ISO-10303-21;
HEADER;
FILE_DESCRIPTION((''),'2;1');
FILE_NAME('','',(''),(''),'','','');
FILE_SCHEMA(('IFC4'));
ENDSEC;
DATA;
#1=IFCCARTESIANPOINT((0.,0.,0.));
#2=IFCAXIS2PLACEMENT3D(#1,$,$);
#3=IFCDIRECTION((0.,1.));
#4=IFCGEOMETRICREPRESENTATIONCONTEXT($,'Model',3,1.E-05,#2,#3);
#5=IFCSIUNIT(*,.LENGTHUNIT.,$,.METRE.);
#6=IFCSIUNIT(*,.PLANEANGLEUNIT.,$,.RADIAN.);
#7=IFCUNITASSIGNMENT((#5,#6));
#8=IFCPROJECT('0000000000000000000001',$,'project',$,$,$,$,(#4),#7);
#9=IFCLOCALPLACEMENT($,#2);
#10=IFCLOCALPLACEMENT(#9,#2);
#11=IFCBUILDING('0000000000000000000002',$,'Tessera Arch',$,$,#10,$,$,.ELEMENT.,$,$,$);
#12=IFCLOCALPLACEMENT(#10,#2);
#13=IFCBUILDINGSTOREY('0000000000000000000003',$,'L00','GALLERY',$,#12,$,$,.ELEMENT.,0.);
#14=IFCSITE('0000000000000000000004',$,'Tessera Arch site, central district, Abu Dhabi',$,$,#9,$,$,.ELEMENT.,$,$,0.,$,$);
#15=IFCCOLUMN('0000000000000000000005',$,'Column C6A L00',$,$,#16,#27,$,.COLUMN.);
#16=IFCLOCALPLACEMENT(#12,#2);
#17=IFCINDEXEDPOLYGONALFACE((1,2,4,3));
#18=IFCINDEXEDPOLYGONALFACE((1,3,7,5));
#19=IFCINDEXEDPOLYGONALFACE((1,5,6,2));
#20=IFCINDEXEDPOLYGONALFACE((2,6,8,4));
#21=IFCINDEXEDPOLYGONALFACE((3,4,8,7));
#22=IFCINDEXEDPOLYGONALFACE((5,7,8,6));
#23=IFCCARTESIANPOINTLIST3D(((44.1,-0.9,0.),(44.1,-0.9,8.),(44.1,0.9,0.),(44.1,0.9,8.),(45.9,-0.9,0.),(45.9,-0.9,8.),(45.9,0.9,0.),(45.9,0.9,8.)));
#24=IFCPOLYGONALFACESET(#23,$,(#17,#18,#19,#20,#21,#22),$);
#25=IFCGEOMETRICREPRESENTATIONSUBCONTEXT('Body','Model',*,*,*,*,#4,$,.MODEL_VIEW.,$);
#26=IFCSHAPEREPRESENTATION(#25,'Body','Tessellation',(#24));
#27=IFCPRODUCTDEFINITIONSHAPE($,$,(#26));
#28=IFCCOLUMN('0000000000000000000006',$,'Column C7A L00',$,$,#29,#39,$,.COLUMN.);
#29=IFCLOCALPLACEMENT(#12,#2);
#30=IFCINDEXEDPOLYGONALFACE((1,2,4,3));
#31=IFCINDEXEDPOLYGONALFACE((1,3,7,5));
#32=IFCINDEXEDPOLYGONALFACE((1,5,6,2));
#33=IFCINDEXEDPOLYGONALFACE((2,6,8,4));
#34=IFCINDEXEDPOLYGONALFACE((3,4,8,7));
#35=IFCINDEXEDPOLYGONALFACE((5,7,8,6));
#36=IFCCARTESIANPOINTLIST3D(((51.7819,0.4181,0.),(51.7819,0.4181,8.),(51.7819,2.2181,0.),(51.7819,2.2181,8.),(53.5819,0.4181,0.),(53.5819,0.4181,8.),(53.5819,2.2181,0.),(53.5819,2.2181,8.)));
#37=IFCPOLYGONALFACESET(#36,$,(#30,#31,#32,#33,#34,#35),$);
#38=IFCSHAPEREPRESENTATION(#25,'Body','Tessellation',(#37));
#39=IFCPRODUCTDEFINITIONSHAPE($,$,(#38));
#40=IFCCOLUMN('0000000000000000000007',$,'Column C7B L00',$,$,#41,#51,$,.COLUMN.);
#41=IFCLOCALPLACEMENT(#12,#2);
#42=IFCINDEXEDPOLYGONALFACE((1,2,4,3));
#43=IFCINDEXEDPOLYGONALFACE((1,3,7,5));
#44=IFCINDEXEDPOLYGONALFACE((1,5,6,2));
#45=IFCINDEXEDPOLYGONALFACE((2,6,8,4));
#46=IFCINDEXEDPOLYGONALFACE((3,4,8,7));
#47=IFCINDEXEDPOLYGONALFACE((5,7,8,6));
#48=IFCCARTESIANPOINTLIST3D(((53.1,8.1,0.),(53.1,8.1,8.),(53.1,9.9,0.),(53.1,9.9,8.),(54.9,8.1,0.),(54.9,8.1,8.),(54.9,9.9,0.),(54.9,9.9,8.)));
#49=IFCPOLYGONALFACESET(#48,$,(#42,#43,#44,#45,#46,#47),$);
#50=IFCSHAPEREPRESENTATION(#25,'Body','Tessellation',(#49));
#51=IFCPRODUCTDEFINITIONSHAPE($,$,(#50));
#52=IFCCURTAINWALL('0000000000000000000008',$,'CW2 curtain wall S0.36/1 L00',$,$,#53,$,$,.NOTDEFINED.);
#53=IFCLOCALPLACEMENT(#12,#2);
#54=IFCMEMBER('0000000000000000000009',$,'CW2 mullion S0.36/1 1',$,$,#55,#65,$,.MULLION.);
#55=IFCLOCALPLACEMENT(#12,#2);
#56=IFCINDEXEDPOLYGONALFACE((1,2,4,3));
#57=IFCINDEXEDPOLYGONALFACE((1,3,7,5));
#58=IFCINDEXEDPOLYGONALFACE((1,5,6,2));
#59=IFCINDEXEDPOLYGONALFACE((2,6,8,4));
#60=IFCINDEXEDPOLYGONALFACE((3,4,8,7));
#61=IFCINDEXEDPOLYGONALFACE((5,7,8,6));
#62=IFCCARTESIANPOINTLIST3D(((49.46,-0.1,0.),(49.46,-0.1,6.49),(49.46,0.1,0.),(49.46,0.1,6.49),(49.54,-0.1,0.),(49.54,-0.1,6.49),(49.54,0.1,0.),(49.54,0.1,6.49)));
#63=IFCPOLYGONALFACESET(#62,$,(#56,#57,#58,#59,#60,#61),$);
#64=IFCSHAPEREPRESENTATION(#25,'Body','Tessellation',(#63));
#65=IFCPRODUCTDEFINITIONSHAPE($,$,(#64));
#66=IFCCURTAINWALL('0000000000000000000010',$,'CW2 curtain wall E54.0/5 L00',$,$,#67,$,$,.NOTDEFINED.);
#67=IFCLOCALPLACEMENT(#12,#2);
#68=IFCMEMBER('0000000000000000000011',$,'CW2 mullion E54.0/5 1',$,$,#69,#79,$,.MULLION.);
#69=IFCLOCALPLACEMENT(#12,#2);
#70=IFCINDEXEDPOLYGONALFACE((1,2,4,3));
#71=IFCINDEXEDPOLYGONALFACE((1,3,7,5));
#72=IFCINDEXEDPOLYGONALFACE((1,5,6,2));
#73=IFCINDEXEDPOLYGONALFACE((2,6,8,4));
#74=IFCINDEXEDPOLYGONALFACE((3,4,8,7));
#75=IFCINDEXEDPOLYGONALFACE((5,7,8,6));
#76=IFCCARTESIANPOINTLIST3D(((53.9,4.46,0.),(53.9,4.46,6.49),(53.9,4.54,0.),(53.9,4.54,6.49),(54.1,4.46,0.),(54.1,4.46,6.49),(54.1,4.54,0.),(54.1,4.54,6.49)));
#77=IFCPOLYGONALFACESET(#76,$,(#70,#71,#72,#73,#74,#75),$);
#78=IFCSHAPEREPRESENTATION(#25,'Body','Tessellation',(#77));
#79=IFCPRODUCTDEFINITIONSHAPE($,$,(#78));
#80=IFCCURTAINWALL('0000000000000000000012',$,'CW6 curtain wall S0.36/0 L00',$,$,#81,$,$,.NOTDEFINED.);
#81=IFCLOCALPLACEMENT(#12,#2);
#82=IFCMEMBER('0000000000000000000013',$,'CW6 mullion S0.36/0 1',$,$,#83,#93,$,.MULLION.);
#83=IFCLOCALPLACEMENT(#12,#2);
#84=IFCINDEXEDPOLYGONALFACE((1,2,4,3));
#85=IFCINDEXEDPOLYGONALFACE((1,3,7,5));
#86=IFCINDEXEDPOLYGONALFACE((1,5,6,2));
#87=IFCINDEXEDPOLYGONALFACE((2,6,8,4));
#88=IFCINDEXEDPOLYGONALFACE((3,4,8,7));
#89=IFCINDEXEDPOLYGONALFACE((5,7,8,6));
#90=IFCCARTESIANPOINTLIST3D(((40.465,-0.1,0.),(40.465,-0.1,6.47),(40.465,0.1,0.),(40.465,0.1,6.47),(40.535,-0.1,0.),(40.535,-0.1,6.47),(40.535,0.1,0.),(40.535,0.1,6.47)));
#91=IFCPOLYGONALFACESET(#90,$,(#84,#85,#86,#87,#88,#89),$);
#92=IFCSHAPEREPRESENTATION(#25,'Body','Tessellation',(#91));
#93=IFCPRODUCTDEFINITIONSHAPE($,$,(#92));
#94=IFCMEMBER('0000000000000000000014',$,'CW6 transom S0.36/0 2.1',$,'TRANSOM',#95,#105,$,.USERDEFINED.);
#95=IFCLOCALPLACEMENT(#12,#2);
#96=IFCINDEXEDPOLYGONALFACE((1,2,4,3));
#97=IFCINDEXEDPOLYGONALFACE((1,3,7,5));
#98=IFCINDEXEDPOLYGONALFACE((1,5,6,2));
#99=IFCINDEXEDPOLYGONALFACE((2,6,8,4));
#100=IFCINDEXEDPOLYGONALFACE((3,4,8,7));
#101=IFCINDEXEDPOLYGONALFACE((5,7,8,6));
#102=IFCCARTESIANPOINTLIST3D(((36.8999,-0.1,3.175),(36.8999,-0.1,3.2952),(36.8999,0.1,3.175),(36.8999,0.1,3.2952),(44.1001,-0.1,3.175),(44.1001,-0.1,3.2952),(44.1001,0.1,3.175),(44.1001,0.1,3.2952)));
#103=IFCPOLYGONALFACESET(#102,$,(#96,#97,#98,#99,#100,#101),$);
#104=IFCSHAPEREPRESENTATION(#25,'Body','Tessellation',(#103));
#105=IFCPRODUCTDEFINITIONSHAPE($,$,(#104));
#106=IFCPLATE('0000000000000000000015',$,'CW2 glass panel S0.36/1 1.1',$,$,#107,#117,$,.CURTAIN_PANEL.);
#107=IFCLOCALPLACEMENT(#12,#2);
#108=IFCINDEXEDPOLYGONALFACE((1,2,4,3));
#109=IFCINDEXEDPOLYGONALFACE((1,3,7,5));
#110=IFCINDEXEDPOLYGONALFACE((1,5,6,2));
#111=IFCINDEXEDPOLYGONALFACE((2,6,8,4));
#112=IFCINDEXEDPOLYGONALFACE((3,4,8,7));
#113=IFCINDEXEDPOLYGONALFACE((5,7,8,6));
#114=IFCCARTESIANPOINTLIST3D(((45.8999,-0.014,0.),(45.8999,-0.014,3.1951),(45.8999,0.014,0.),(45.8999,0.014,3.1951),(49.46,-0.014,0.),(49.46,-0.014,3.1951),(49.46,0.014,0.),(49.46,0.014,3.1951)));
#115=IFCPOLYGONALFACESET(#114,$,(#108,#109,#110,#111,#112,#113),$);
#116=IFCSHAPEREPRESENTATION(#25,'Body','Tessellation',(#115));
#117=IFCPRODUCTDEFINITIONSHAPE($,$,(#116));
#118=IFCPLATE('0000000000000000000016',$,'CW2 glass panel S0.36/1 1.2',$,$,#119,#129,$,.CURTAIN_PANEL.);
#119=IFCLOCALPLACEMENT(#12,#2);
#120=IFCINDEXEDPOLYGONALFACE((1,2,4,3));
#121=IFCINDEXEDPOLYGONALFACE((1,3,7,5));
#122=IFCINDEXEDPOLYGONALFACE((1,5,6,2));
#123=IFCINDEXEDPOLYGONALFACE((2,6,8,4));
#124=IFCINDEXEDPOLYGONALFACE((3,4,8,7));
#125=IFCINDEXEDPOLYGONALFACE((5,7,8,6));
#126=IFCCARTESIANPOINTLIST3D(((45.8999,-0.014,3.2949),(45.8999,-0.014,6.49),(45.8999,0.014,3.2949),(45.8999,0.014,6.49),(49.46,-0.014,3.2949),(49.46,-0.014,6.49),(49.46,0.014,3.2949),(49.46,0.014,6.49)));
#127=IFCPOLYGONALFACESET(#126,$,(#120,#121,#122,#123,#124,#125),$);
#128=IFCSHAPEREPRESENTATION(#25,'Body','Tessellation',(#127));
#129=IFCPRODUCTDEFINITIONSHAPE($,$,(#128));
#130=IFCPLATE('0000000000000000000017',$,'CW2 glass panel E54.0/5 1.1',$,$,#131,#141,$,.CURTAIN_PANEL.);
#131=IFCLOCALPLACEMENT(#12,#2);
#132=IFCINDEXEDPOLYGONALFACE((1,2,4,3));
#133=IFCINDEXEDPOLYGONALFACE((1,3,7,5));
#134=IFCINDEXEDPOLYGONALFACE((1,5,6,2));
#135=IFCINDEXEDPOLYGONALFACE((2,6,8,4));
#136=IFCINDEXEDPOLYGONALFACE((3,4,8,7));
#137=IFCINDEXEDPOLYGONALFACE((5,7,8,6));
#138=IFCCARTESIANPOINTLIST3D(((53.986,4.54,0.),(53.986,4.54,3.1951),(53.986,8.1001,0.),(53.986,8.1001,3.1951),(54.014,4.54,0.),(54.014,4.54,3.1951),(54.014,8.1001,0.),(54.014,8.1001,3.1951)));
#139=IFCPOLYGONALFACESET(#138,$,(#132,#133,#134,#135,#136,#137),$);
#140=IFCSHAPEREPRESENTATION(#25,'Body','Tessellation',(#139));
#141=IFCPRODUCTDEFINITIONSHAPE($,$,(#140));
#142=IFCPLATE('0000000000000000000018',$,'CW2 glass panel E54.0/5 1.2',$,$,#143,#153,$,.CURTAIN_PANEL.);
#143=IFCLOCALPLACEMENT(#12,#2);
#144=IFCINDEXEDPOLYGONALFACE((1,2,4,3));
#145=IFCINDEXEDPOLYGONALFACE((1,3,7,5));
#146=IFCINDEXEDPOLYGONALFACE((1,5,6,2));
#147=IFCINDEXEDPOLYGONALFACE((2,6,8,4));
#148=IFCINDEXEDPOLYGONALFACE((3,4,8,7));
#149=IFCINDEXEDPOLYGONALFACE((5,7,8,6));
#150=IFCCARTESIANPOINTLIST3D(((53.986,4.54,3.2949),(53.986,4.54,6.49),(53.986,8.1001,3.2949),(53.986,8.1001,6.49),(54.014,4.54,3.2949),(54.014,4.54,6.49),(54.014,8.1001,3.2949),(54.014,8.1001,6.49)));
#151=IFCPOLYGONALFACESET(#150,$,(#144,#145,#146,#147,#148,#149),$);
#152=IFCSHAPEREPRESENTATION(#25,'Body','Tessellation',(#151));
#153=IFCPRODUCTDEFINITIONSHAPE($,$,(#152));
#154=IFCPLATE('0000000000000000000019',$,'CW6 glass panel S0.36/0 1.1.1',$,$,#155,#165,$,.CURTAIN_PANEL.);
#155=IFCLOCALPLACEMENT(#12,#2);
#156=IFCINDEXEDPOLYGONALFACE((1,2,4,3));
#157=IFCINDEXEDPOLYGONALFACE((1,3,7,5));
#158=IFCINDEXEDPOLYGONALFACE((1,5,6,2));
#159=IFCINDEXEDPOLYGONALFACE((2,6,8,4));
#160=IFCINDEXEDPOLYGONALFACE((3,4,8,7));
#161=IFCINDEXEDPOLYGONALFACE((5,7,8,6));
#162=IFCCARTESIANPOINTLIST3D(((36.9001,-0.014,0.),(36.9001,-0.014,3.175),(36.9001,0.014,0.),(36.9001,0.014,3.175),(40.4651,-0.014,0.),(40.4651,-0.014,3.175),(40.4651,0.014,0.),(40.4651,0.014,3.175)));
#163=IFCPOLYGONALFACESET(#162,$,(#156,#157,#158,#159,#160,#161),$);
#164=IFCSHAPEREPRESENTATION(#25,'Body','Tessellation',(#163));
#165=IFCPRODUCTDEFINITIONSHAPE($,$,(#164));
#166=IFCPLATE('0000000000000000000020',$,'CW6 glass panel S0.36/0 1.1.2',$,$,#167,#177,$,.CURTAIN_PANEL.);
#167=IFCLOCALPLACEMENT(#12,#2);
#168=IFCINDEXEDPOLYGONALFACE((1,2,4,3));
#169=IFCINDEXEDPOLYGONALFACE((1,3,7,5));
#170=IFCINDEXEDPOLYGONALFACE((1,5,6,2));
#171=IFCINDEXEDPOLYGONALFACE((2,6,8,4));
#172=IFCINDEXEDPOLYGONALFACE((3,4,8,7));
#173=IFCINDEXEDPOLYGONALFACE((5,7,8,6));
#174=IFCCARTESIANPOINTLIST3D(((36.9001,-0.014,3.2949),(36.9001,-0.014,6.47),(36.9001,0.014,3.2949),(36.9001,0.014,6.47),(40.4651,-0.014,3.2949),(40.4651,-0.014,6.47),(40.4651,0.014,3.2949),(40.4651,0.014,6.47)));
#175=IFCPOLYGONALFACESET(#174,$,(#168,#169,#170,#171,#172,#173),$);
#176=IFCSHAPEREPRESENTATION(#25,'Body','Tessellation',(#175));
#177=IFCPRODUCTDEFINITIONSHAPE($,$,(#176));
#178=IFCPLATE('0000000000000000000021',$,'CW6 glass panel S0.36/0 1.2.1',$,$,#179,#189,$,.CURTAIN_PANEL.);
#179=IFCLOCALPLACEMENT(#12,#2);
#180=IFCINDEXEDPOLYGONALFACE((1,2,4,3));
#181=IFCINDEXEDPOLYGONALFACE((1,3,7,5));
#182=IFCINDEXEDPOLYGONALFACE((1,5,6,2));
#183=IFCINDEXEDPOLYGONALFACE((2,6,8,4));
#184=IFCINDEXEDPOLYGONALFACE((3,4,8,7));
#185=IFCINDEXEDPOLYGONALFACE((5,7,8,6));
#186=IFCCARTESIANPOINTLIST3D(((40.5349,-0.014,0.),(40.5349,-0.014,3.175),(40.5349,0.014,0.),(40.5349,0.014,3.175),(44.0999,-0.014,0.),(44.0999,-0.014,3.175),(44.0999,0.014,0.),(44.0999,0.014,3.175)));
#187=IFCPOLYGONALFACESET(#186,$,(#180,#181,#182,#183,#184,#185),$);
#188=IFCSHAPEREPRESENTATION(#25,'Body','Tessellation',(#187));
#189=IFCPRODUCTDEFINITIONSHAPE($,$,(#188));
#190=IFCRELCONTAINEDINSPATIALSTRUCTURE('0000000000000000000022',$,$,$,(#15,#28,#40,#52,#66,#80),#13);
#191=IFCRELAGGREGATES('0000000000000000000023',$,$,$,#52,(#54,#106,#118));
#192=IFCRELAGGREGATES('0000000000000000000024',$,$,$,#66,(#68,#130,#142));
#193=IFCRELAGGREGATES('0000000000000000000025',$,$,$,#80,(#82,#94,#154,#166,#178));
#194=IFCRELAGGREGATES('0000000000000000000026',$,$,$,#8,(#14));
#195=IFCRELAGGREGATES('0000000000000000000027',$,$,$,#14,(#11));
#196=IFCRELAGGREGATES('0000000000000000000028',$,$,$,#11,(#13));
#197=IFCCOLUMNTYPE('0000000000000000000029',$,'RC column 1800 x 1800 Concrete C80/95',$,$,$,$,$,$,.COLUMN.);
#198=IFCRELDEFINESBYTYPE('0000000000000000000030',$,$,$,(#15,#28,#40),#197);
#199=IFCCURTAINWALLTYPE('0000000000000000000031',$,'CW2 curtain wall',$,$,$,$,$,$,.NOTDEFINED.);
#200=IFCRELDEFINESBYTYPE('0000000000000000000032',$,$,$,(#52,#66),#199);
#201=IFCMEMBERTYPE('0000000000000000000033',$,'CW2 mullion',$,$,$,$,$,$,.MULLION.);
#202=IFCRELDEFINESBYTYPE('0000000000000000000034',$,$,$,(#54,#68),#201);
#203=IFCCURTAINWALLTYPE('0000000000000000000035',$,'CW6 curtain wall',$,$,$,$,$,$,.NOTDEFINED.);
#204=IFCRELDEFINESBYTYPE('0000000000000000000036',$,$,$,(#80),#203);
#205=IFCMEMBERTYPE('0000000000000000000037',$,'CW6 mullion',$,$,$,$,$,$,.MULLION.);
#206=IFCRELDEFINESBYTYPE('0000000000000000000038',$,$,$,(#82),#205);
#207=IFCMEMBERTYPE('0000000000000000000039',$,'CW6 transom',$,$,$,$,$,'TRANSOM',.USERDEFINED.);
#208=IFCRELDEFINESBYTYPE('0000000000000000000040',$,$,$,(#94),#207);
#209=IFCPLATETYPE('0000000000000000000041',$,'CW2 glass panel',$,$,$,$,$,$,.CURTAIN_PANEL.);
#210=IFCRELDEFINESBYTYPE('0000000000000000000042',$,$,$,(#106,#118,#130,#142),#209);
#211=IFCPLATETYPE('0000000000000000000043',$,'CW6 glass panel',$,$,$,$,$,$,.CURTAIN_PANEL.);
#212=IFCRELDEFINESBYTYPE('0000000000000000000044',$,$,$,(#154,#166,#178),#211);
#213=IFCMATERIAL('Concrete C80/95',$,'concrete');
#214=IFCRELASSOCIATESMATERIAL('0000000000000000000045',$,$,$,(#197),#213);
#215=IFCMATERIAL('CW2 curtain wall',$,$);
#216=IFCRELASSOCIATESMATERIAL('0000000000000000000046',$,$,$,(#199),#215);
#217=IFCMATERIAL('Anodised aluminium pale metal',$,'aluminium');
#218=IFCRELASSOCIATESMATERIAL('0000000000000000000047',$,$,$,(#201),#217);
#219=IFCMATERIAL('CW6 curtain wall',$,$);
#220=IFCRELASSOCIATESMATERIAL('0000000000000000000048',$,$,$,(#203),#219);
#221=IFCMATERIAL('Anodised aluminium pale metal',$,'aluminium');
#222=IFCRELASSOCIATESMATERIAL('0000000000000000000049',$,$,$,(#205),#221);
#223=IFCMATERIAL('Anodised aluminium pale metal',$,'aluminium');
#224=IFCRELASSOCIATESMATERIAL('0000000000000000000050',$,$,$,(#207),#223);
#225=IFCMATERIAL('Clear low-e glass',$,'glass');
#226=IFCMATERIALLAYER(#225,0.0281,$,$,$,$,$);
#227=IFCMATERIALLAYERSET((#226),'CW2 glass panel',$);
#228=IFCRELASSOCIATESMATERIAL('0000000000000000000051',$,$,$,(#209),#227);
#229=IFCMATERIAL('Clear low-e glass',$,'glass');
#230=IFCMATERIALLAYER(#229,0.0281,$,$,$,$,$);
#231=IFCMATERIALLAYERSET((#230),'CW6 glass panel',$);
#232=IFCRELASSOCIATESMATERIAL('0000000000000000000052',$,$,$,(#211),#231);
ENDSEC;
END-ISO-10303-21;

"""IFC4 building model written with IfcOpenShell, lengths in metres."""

from ifc_helpers import new_model, si_unit, direction, frame, origin, origin_2d, place, context, subcontext, project, spatial, rectangle, extrude, material, layer, layer_set, material_profile, profile_set, type_object, element, aggregate, save


model = new_model("IFC4")

# Units and contexts
model_context = context("Model", 3, precision=1e-05, world=origin(), true_north=direction((0.0, 1.0)))
body_context = subcontext(model_context, "Body", "Model", "MODEL_VIEW")
ifc_project = project(units=[si_unit("LENGTHUNIT", "METRE"), si_unit("PLANEANGLEUNIT", "RADIAN")], contexts=[model_context])

# Site, building, storey
site_placement = place(None, origin())
site = spatial("IfcSite", under=ifc_project, at=site_placement, Name="Tessera Arch site, central district, Abu Dhabi", CompositionType="ELEMENT", RefElevation=0.0)
building_placement = place(site_placement, origin())
building = spatial("IfcBuilding", under=site, at=building_placement, Name="Tessera Arch", CompositionType="ELEMENT")
storey_placement = place(building_placement, origin())
storey = spatial("IfcBuildingStorey", under=building, at=storey_placement, Name="L00", Description="GALLERY", CompositionType="ELEMENT", Elevation=0.0)

# Columns
ifc_material_1 = material(Name="Concrete C80/95", Category="concrete")
ifc_material_profile_1 = material_profile(ifc_material_1, rectangle(XDim=1.8, YDim=1.8, at=origin_2d()), Name="RC column 1800 x 1800 Concrete C80/95")
ifc_profile_set_1 = profile_set([ifc_material_profile_1], Name="Concrete C80/95")
column_type = type_object("IfcColumnType", Name="RC column 1800 x 1800 Concrete C80/95", PredefinedType="COLUMN", material=ifc_profile_set_1)
for number, where, z_axis, x_axis, name in (
    (1, (45.0, 0.0, 0.0), (0.0, 0.0, 1.0), (1.0, 0.0, 0.0), "Column C6A L00"),
    (2, (52.6819, 1.3181, 0.0), (0.0, 0.0, 1.0), (1.0, 0.0, 0.0), "Column C7A L00"),
    (3, (54.0, 9.0, 0.0), (0.0, 0.0, 1.0), (1.0, 0.0, 0.0), "Column C7B L00"),
):
    element("IfcColumn", number, at=place(storey_placement, frame(where, z_axis=z_axis, x_axis=x_axis)), inside=storey, type_object=column_type, Name=name, PredefinedType="COLUMN", context=body_context, shape_type="SweptSolid", body=[
        extrude(rectangle(XDim=1.8, YDim=1.8, at=origin_2d()), origin(), (0.0, 0.0, 1.0), 8.0),
    ])

# Curtain walls, members
ifc_material_2 = material(Name="CW2 curtain wall")
curtain_wall_type_1 = type_object("IfcCurtainWallType", Name="CW2 curtain wall", PredefinedType="NOTDEFINED", material=ifc_material_2)
curtain_wall_1_placement = place(storey_placement, origin())
curtain_wall_1 = element("IfcCurtainWall", 4, at=curtain_wall_1_placement, inside=storey, type_object=curtain_wall_type_1, Name="CW2 curtain wall S0.36/1 L00", PredefinedType="NOTDEFINED")
ifc_material_3 = material(Name="Anodised aluminium pale metal", Category="aluminium")
ifc_material_profile_2 = material_profile(ifc_material_3, rectangle(XDim=0.2, YDim=0.0801, at=origin_2d()), Name="AL 80x200")
ifc_profile_set_2 = profile_set([ifc_material_profile_2], Name="Anodised aluminium pale metal")
member_type_1 = type_object("IfcMemberType", Name="CW2 mullion", PredefinedType="MULLION", material=ifc_profile_set_2)
member_1_placement = place(storey_placement, frame((49.5, 0.0, 0.0), z_axis=(0.0, 0.0, 1.0), x_axis=(0.0, 1.0, 0.0)))
member_1 = element("IfcMember", 5, at=member_1_placement, type_object=member_type_1, Name="CW2 mullion S0.36/1 1", PredefinedType="MULLION", context=body_context, shape_type="SweptSolid", body=[
    extrude(rectangle(XDim=0.2, YDim=0.0801, at=origin_2d()), origin(), (0.0, 0.0, 1.0), 6.49),
])
curtain_wall_2_placement = place(storey_placement, origin())
curtain_wall_2 = element("IfcCurtainWall", 6, at=curtain_wall_2_placement, inside=storey, type_object=curtain_wall_type_1, Name="CW2 curtain wall E54.0/5 L00", PredefinedType="NOTDEFINED")
member_2_placement = place(storey_placement, frame((54.0, 4.5, 0.0), z_axis=(0.0, 0.0, 1.0), x_axis=(-1.0, 0.0, 0.0)))
member_2 = element("IfcMember", 7, at=member_2_placement, type_object=member_type_1, Name="CW2 mullion E54.0/5 1", PredefinedType="MULLION", context=body_context, shape_type="SweptSolid", body=[
    extrude(rectangle(XDim=0.2, YDim=0.0801, at=origin_2d()), origin(), (0.0, 0.0, 1.0), 6.49),
])

# Curtain wall, members
ifc_material_4 = material(Name="CW6 curtain wall")
curtain_wall_type_2 = type_object("IfcCurtainWallType", Name="CW6 curtain wall", PredefinedType="NOTDEFINED", material=ifc_material_4)
curtain_wall_3_placement = place(storey_placement, origin())
curtain_wall_3 = element("IfcCurtainWall", 8, at=curtain_wall_3_placement, inside=storey, type_object=curtain_wall_type_2, Name="CW6 curtain wall S0.36/0 L00", PredefinedType="NOTDEFINED")
ifc_material_5 = material(Name="Anodised aluminium pale metal", Category="aluminium")
ifc_material_profile_3 = material_profile(ifc_material_5, rectangle(XDim=0.2, YDim=0.0701, at=origin_2d()), Name="AL 70x200")
ifc_profile_set_3 = profile_set([ifc_material_profile_3], Name="Anodised aluminium pale metal")
member_type_2 = type_object("IfcMemberType", Name="CW6 mullion", PredefinedType="MULLION", material=ifc_profile_set_3)
member_3_placement = place(storey_placement, frame((40.5, 0.0, 0.0), z_axis=(0.0, 0.0, 1.0), x_axis=(0.0, 1.0, 0.0)))
member_3 = element("IfcMember", 9, at=member_3_placement, type_object=member_type_2, Name="CW6 mullion S0.36/0 1", PredefinedType="MULLION", context=body_context, shape_type="SweptSolid", body=[
    extrude(rectangle(XDim=0.2, YDim=0.0701, at=origin_2d()), origin(), (0.0, 0.0, 1.0), 6.47),
])
ifc_material_6 = material(Name="Anodised aluminium pale metal", Category="aluminium")
ifc_material_profile_4 = material_profile(ifc_material_6, rectangle(XDim=0.2, YDim=0.1201, at=origin_2d()), Name="AL 200x120")
ifc_profile_set_4 = profile_set([ifc_material_profile_4], Name="Anodised aluminium pale metal")
member_type_3 = type_object("IfcMemberType", Name="CW6 transom", ElementType="TRANSOM", PredefinedType="USERDEFINED", material=ifc_profile_set_4)
member_4_placement = place(storey_placement, frame((36.8999, 0.0, 3.2351), z_axis=(1.0, 0.0, 0.0), x_axis=(0.0, 1.0, 0.0)))
member_4 = element("IfcMember", 10, at=member_4_placement, type_object=member_type_3, Name="CW6 transom S0.36/0 2.1", ObjectType="TRANSOM", PredefinedType="USERDEFINED", context=body_context, shape_type="SweptSolid", body=[
    extrude(rectangle(XDim=0.2, YDim=0.1201, at=origin_2d()), origin(), (0.0, 0.0, 1.0), 7.2002),
])

# Plates
ifc_material_7 = material(Name="Clear low-e glass", Category="glass")
ifc_layer_1 = layer(ifc_material_7, 0.0281)
ifc_layer_set_1 = layer_set([ifc_layer_1], Name="CW2 glass panel")
plate_type_1 = type_object("IfcPlateType", Name="CW2 glass panel", PredefinedType="CURTAIN_PANEL", material=ifc_layer_set_1)
plate_1_placement = place(storey_placement, frame((47.6799, 0.0, 0.0), z_axis=(0.0, 0.0, 1.0), x_axis=(1.0, 0.0, 0.0)))
plate_1 = element("IfcPlate", 11, at=plate_1_placement, type_object=plate_type_1, Name="CW2 glass panel S0.36/1 1.1", PredefinedType="CURTAIN_PANEL", context=body_context, shape_type="SweptSolid", body=[
    extrude(rectangle(XDim=3.5601, YDim=0.0281, at=origin_2d()), origin(), (0.0, 0.0, 1.0), 3.1951),
])
plate_2_placement = place(storey_placement, frame((47.6799, 0.0, 3.2949), z_axis=(0.0, 0.0, 1.0), x_axis=(1.0, 0.0, 0.0)))
plate_2 = element("IfcPlate", 12, at=plate_2_placement, type_object=plate_type_1, Name="CW2 glass panel S0.36/1 1.2", PredefinedType="CURTAIN_PANEL", context=body_context, shape_type="SweptSolid", body=[
    extrude(rectangle(XDim=3.5601, YDim=0.0281, at=origin_2d()), origin(), (0.0, 0.0, 1.0), 3.1951),
])
aggregate(curtain_wall_1, [member_1, plate_1, plate_2])
plate_3_placement = place(storey_placement, frame((54.0, 6.3201, 0.0), z_axis=(0.0, 0.0, 1.0), x_axis=(0.0, 1.0, 0.0)))
plate_3 = element("IfcPlate", 13, at=plate_3_placement, type_object=plate_type_1, Name="CW2 glass panel E54.0/5 1.1", PredefinedType="CURTAIN_PANEL", context=body_context, shape_type="SweptSolid", body=[
    extrude(rectangle(XDim=3.5601, YDim=0.0281, at=origin_2d()), origin(), (0.0, 0.0, 1.0), 3.1951),
])
plate_4_placement = place(storey_placement, frame((54.0, 6.3201, 3.2949), z_axis=(0.0, 0.0, 1.0), x_axis=(0.0, 1.0, 0.0)))
plate_4 = element("IfcPlate", 14, at=plate_4_placement, type_object=plate_type_1, Name="CW2 glass panel E54.0/5 1.2", PredefinedType="CURTAIN_PANEL", context=body_context, shape_type="SweptSolid", body=[
    extrude(rectangle(XDim=3.5601, YDim=0.0281, at=origin_2d()), origin(), (0.0, 0.0, 1.0), 3.1951),
])
aggregate(curtain_wall_2, [member_2, plate_3, plate_4])
ifc_material_8 = material(Name="Clear low-e glass", Category="glass")
ifc_layer_2 = layer(ifc_material_8, 0.0281)
ifc_layer_set_2 = layer_set([ifc_layer_2], Name="CW6 glass panel")
plate_type_2 = type_object("IfcPlateType", Name="CW6 glass panel", PredefinedType="CURTAIN_PANEL", material=ifc_layer_set_2)
plate_5_placement = place(storey_placement, frame((38.6826, 0.0, 0.0), z_axis=(0.0, 0.0, 1.0), x_axis=(1.0, 0.0, 0.0)))
plate_5 = element("IfcPlate", 15, at=plate_5_placement, type_object=plate_type_2, Name="CW6 glass panel S0.36/0 1.1.1", PredefinedType="CURTAIN_PANEL", context=body_context, shape_type="SweptSolid", body=[
    extrude(rectangle(XDim=3.5649, YDim=0.0281, at=origin_2d()), origin(), (0.0, 0.0, 1.0), 3.175),
])
plate_6_placement = place(storey_placement, frame((38.6826, 0.0, 3.2949), z_axis=(0.0, 0.0, 1.0), x_axis=(1.0, 0.0, 0.0)))
plate_6 = element("IfcPlate", 16, at=plate_6_placement, type_object=plate_type_2, Name="CW6 glass panel S0.36/0 1.1.2", PredefinedType="CURTAIN_PANEL", context=body_context, shape_type="SweptSolid", body=[
    extrude(rectangle(XDim=3.5649, YDim=0.0281, at=origin_2d()), origin(), (0.0, 0.0, 1.0), 3.175),
])
plate_7_placement = place(storey_placement, frame((42.3174, 0.0, 0.0), z_axis=(0.0, 0.0, 1.0), x_axis=(1.0, 0.0, 0.0)))
plate_7 = element("IfcPlate", 17, at=plate_7_placement, type_object=plate_type_2, Name="CW6 glass panel S0.36/0 1.2.1", PredefinedType="CURTAIN_PANEL", context=body_context, shape_type="SweptSolid", body=[
    extrude(rectangle(XDim=3.5649, YDim=0.0281, at=origin_2d()), origin(), (0.0, 0.0, 1.0), 3.175),
])
aggregate(curtain_wall_3, [member_3, member_4, plate_5, plate_6, plate_7])

save(model, "model.ifc")
